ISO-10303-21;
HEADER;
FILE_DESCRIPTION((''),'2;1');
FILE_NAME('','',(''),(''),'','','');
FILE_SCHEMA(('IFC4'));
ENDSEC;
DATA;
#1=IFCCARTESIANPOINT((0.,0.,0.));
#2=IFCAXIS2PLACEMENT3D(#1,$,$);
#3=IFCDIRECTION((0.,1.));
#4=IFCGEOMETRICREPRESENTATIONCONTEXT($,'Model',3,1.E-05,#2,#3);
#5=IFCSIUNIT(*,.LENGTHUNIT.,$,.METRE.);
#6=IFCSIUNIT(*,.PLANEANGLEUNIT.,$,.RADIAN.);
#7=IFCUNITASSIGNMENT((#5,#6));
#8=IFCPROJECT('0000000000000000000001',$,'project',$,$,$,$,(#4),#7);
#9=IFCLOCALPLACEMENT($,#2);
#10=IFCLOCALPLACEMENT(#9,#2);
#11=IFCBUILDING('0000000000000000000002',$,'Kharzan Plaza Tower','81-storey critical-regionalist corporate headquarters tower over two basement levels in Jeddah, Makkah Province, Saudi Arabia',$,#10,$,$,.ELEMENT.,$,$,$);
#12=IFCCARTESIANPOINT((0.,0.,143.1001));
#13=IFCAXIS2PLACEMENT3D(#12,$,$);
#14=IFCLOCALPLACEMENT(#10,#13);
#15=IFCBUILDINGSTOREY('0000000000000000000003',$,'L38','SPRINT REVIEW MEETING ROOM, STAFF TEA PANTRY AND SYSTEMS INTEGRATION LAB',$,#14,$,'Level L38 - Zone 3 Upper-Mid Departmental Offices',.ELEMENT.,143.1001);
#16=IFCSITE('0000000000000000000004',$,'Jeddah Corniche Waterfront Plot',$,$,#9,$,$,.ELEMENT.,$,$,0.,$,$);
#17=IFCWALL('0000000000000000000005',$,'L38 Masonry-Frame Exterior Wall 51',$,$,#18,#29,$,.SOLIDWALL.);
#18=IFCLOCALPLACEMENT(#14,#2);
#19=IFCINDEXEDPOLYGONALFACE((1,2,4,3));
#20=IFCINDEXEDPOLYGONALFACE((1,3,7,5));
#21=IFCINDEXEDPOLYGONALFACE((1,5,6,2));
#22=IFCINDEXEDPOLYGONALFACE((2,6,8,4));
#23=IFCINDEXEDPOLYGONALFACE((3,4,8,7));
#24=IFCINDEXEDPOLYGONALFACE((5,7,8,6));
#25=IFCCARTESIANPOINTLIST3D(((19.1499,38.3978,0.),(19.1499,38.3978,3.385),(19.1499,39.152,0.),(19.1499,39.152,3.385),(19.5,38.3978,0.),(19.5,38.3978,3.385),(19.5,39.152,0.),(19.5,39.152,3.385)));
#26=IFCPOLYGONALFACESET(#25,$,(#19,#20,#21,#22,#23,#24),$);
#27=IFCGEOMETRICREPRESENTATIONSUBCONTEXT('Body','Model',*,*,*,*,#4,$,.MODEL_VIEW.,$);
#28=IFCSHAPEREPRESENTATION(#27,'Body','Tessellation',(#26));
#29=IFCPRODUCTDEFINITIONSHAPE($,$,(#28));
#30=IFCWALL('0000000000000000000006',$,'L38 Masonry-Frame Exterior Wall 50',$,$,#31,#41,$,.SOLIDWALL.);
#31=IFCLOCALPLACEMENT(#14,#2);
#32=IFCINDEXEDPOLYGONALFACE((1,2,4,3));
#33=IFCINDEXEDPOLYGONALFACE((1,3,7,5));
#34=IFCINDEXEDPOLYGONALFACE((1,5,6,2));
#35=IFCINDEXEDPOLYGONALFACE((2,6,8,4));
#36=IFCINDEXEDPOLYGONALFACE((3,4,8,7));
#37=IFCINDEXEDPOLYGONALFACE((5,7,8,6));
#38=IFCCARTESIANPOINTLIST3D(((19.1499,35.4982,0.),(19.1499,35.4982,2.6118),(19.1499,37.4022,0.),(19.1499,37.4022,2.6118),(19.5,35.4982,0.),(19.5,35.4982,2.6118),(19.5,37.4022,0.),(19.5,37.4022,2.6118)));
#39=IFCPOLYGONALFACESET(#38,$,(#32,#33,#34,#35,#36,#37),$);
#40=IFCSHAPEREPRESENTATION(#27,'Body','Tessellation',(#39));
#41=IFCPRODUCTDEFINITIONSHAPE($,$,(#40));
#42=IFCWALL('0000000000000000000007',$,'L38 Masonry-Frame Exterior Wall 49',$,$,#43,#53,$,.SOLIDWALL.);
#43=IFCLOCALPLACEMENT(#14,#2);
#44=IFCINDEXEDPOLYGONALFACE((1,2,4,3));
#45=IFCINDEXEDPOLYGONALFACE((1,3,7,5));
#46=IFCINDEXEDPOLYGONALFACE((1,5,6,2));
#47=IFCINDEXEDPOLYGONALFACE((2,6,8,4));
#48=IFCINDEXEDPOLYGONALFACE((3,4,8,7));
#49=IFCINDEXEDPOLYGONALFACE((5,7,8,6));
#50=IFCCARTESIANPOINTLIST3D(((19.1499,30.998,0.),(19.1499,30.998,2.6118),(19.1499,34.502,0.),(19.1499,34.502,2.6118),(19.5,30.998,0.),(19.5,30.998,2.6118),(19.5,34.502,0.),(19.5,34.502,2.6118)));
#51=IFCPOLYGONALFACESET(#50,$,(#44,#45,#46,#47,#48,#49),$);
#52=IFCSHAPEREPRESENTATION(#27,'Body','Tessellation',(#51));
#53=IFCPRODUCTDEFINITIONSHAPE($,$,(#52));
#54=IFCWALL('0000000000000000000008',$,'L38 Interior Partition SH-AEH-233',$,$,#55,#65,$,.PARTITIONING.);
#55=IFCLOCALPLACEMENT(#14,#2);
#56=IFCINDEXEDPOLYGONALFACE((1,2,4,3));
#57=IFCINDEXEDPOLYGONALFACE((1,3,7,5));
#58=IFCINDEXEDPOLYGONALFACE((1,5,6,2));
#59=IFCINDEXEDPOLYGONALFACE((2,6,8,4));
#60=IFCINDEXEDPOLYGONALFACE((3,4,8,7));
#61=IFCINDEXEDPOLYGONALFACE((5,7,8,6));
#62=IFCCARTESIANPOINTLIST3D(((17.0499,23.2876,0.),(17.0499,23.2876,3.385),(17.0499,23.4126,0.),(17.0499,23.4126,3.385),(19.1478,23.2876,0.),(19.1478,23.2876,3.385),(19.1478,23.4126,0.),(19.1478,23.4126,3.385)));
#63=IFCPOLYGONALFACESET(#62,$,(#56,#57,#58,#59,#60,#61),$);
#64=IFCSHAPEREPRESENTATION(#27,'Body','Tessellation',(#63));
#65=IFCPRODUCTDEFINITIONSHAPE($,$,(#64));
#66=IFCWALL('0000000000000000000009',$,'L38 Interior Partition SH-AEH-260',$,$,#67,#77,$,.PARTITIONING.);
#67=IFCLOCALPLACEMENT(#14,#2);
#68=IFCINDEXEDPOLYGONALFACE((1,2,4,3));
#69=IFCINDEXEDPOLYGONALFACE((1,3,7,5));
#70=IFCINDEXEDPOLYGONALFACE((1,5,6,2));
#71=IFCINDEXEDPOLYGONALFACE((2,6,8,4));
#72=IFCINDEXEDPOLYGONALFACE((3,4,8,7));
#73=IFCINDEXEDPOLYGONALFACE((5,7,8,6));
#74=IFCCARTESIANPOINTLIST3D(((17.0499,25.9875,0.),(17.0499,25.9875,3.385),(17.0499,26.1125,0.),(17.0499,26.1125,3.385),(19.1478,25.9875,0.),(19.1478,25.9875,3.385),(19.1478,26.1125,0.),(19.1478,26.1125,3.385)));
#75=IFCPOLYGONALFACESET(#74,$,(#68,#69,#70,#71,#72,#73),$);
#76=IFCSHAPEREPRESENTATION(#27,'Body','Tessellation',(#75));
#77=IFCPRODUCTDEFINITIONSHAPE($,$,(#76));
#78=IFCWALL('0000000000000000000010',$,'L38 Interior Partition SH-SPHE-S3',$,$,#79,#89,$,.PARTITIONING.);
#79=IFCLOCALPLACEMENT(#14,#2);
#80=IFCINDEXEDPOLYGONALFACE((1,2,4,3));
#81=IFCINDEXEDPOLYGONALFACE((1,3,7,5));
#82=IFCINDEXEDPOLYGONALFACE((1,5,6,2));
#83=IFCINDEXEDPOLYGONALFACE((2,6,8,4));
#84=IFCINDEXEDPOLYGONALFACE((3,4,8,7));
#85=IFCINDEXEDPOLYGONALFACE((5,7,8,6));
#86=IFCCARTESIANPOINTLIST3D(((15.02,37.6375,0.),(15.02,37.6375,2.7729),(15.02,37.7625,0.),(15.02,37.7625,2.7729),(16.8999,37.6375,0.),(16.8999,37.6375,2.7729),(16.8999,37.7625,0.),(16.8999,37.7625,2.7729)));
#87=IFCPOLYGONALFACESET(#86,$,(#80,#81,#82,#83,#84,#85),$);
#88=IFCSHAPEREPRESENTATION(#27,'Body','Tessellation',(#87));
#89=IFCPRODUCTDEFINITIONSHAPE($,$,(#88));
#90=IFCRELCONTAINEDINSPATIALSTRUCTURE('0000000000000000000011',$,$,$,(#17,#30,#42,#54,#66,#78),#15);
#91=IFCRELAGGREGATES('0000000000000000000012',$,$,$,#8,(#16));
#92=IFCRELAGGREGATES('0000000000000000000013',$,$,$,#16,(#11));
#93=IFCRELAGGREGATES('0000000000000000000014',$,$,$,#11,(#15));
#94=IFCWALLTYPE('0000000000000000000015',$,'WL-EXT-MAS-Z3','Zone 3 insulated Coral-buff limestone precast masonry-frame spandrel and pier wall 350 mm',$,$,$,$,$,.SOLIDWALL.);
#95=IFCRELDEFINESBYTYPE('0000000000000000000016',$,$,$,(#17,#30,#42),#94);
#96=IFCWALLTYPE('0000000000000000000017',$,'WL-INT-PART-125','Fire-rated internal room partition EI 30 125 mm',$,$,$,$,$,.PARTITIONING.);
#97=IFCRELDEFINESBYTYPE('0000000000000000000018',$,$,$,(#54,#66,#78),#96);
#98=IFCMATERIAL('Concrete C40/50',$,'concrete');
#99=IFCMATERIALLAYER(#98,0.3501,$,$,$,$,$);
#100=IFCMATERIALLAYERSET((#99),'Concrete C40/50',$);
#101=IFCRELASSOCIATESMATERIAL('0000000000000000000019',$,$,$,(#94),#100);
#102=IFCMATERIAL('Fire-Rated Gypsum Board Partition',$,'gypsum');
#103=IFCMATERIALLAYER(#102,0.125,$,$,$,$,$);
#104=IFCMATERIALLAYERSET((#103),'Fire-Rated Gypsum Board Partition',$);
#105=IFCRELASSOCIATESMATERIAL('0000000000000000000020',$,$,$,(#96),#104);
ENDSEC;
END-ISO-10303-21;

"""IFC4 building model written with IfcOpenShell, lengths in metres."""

from ifc_helpers import new_model, si_unit, direction, frame, frame_2d, origin, place, context, subcontext, project, spatial, rectangle, extrude, source, transform, mapped, material, layer, layer_set, type_object, element, save


model = new_model("IFC4")

# Units and contexts
model_context = context("Model", 3, precision=1e-05, world=origin(), true_north=direction((0.0, 1.0)))
body_context = subcontext(model_context, "Body", "Model", "MODEL_VIEW")
ifc_project = project(units=[si_unit("LENGTHUNIT", "METRE"), si_unit("PLANEANGLEUNIT", "RADIAN")], contexts=[model_context])

# Site, building, storey
site_placement = place(None, origin())
site = spatial("IfcSite", under=ifc_project, at=site_placement, Name="Jeddah Corniche Waterfront Plot", CompositionType="ELEMENT", RefElevation=0.0)
building_placement = place(site_placement, origin())
building = spatial("IfcBuilding", under=site, at=building_placement, Name="Kharzan Plaza Tower", Description="81-storey critical-regionalist corporate headquarters tower over two basement levels in Jeddah, Makkah Province, Saudi Arabia", CompositionType="ELEMENT")
storey_placement = place(building_placement, frame((0.0, 0.0, 143.1001)))
storey = spatial("IfcBuildingStorey", under=building, at=storey_placement, Name="L38", Description="SPRINT REVIEW MEETING ROOM, STAFF TEA PANTRY AND SYSTEMS INTEGRATION LAB", LongName="Level L38 - Zone 3 Upper-Mid Departmental Offices", CompositionType="ELEMENT", Elevation=143.1001)

# Shared definitions
ifc_material_1 = material(Name="Concrete C40/50", Category="concrete")
ifc_layer_1 = layer(ifc_material_1, 0.3501)
ifc_layer_set_1 = layer_set([ifc_layer_1], Name="Concrete C40/50")
wall_type_1 = type_object("IfcWallType", Name="WL-EXT-MAS-Z3", Description="Zone 3 insulated Coral-buff limestone precast masonry-frame spandrel and pier wall 350 mm", PredefinedType="SOLIDWALL", material=ifc_layer_set_1)

# Shared definitions
ifc_material_2 = material(Name="Fire-Rated Gypsum Board Partition", Category="gypsum")
ifc_layer_2 = layer(ifc_material_2, 0.125)
ifc_layer_set_2 = layer_set([ifc_layer_2], Name="Fire-Rated Gypsum Board Partition")
wall_type_2 = type_object("IfcWallType", Name="WL-INT-PART-125", Description="Fire-rated internal room partition EI 30 125 mm", PredefinedType="PARTITIONING", material=ifc_layer_set_2)

# Walls
shared_shape_1 = source(origin(), body_context, "Body", "SweptSolid", [
    extrude(rectangle(XDim=0.7542, YDim=0.3501, at=frame_2d((0.377, 0.0))), origin(), (0.0, 0.0, 1.0), 3.385),
])
wall_1_placement = place(storey_placement, frame((19.325, 38.3979, 0.0), z_axis=(0.0, 0.0, 1.0), x_axis=(0.0, 1.0, 0.0)))
element("IfcWall", 1, at=wall_1_placement, inside=storey, type_object=wall_type_1, Name="L38 Masonry-Frame Exterior Wall 51", PredefinedType="SOLIDWALL", context=body_context, shape_type="MappedRepresentation", body=[
    mapped(shared_shape_1, transform((0.0, 0.0, 0.0), x_axis=(1.0, 0.0, 0.0), y_axis=(0.0, 1.0, 0.0), z_axis=(0.0, 0.0, 1.0))),
])
shared_shape_2 = source(origin(), body_context, "Body", "SweptSolid", [
    extrude(rectangle(XDim=1.9041, YDim=0.3501, at=frame_2d((0.9521, 0.0))), origin(), (0.0, 0.0, 1.0), 2.6118),
])
wall_2_placement = place(storey_placement, frame((19.325, 35.498, 0.0), z_axis=(0.0, 0.0, 1.0), x_axis=(0.0, 1.0, 0.0)))
element("IfcWall", 2, at=wall_2_placement, inside=storey, type_object=wall_type_1, Name="L38 Masonry-Frame Exterior Wall 50", PredefinedType="SOLIDWALL", context=body_context, shape_type="MappedRepresentation", body=[
    mapped(shared_shape_2, transform((0.0, 0.0, 0.0), x_axis=(1.0, 0.0, 0.0), y_axis=(0.0, 1.0, 0.0), z_axis=(0.0, 0.0, 1.0))),
])
shared_shape_3 = source(origin(), body_context, "Body", "SweptSolid", [
    extrude(rectangle(XDim=3.5039, YDim=0.3501, at=frame_2d((1.752, 0.0))), origin(), (0.0, 0.0, 1.0), 2.6118),
])
wall_3_placement = place(storey_placement, frame((19.325, 30.998, 0.0), z_axis=(0.0, 0.0, 1.0), x_axis=(0.0, 1.0, 0.0)))
element("IfcWall", 3, at=wall_3_placement, inside=storey, type_object=wall_type_1, Name="L38 Masonry-Frame Exterior Wall 49", PredefinedType="SOLIDWALL", context=body_context, shape_type="MappedRepresentation", body=[
    mapped(shared_shape_3, transform((0.0, 0.0, 0.0), x_axis=(1.0, 0.0, 0.0), y_axis=(0.0, 1.0, 0.0), z_axis=(0.0, 0.0, 1.0))),
])
shared_shape_4 = source(origin(), body_context, "Body", "SweptSolid", [
    extrude(rectangle(XDim=2.0979, YDim=0.125, at=frame_2d((1.0488, 0.0))), origin(), (0.0, 0.0, 1.0), 3.385),
])
for number, where, z_axis, x_axis, name in (
    (4, (17.05, 23.3501, 0.0), (0.0, 0.0, 1.0), (1.0, 0.0, 0.0), "L38 Interior Partition SH-AEH-233"),
    (5, (17.05, 26.05, 0.0), (0.0, 0.0, 1.0), (1.0, 0.0, 0.0), "L38 Interior Partition SH-AEH-260"),
):
    element("IfcWall", number, at=place(storey_placement, frame(where, z_axis=z_axis, x_axis=x_axis)), inside=storey, type_object=wall_type_2, Name=name, PredefinedType="PARTITIONING", context=body_context, shape_type="MappedRepresentation", body=[
        mapped(shared_shape_4, transform((0.0, 0.0, 0.0), x_axis=(1.0, 0.0, 0.0), y_axis=(0.0, 1.0, 0.0), z_axis=(0.0, 0.0, 1.0))),
    ])
shared_shape_5 = source(origin(), body_context, "Body", "SweptSolid", [
    extrude(rectangle(XDim=1.8799, YDim=0.125, at=frame_2d((0.9399, 0.0))), origin(), (0.0, 0.0, 1.0), 2.7729),
])
wall_4_placement = place(storey_placement, frame((15.02, 37.7, 0.0), z_axis=(0.0, 0.0, 1.0), x_axis=(1.0, 0.0, 0.0)))
element("IfcWall", 6, at=wall_4_placement, inside=storey, type_object=wall_type_2, Name="L38 Interior Partition SH-SPHE-S3", PredefinedType="PARTITIONING", context=body_context, shape_type="MappedRepresentation", body=[
    mapped(shared_shape_5, transform((0.0, 0.0, 0.0), x_axis=(1.0, 0.0, 0.0), y_axis=(0.0, 1.0, 0.0), z_axis=(0.0, 0.0, 1.0))),
])

save(model, "model.ifc")
